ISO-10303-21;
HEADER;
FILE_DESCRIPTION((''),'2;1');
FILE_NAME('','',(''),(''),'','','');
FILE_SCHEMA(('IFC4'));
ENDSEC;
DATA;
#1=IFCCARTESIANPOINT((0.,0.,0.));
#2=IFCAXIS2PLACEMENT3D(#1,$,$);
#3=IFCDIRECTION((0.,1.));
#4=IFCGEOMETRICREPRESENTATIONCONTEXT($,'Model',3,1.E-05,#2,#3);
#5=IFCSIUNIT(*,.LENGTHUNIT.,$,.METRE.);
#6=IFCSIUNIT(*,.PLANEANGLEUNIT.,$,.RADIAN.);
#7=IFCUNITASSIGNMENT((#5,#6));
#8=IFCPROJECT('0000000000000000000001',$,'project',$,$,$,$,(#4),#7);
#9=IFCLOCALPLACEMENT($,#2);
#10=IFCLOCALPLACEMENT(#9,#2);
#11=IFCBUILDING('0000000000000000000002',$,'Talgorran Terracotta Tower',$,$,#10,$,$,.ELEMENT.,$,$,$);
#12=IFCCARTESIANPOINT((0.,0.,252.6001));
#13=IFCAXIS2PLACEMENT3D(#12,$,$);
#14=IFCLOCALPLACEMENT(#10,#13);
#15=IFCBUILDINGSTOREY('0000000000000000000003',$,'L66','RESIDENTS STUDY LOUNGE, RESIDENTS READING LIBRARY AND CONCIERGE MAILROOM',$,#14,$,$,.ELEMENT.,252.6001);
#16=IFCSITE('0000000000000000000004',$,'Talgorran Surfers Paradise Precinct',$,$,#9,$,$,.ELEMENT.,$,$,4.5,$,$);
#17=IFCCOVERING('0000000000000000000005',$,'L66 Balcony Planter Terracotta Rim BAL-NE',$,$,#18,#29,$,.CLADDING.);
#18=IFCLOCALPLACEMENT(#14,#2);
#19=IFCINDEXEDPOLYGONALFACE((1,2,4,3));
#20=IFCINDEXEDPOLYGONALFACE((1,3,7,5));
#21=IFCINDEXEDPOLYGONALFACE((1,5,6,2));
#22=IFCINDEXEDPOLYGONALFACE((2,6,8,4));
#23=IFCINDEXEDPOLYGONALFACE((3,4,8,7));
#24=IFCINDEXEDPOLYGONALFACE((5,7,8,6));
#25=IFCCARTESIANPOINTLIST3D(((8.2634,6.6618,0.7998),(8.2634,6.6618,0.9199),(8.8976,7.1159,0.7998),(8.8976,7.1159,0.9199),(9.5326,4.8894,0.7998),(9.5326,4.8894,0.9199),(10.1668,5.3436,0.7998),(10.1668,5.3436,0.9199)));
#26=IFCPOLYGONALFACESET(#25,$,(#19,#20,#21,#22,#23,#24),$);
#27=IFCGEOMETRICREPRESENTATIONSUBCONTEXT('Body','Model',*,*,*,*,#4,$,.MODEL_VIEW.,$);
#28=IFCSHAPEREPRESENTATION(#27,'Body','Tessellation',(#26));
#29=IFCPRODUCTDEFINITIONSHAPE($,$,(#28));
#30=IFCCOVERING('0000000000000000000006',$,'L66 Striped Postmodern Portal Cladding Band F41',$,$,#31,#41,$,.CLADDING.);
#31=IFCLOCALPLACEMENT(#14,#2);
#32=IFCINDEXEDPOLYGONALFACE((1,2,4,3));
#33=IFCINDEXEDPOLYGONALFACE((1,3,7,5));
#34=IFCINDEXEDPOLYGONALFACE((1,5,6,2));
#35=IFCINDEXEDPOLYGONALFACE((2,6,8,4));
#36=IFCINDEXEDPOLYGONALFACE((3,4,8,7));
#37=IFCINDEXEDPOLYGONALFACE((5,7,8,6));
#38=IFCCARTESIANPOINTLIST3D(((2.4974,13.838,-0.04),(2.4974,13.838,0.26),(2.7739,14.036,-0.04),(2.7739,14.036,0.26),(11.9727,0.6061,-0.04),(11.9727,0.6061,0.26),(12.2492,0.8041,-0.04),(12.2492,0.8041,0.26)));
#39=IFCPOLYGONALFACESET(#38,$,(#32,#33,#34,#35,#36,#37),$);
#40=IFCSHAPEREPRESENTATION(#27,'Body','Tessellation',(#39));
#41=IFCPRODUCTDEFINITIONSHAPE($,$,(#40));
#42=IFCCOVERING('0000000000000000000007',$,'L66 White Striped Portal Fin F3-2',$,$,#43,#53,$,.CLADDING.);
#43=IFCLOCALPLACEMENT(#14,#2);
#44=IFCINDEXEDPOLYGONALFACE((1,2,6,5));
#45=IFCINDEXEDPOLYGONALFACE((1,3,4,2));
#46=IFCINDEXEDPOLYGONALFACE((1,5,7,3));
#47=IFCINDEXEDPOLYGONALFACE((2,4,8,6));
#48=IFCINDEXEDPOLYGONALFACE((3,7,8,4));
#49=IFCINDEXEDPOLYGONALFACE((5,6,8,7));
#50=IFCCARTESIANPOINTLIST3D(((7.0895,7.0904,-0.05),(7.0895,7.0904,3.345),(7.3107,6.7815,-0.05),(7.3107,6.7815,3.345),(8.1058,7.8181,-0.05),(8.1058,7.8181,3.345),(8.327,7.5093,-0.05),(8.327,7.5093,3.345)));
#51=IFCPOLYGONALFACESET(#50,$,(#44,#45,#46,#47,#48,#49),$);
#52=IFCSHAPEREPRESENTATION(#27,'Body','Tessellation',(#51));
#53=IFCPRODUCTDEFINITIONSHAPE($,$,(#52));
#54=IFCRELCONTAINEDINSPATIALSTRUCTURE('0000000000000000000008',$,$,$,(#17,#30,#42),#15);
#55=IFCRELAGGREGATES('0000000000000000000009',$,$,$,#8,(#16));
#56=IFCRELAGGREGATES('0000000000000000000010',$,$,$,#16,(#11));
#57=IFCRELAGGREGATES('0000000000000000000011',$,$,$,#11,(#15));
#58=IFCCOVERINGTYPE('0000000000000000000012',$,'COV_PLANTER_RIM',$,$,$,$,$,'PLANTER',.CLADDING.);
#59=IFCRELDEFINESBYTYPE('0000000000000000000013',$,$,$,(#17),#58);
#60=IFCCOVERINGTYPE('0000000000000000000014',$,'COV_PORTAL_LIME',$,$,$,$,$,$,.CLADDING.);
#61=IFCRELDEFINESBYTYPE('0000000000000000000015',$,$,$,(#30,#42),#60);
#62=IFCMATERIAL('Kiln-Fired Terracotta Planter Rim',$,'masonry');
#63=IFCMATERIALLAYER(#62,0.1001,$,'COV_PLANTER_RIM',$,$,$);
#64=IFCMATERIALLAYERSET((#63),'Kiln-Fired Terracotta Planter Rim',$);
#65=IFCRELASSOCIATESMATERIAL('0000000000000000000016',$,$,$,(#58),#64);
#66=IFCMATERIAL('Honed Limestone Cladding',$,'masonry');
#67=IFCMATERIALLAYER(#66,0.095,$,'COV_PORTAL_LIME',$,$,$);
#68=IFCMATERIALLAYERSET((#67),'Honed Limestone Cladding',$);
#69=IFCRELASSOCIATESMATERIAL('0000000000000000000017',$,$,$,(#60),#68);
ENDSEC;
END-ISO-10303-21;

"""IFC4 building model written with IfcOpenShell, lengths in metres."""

from ifc_helpers import new_model, si_unit, direction, frame, origin, origin_2d, place, context, subcontext, project, spatial, rectangle, extrude, material, layer, layer_set, type_object, element, save


model = new_model("IFC4")

# Units and contexts
model_context = context("Model", 3, precision=1e-05, world=origin(), true_north=direction((0.0, 1.0)))
body_context = subcontext(model_context, "Body", "Model", "MODEL_VIEW")
ifc_project = project(units=[si_unit("LENGTHUNIT", "METRE"), si_unit("PLANEANGLEUNIT", "RADIAN")], contexts=[model_context])

# Site, building, storey
site_placement = place(None, origin())
site = spatial("IfcSite", under=ifc_project, at=site_placement, Name="Talgorran Surfers Paradise Precinct", CompositionType="ELEMENT", RefElevation=4.5)
building_placement = place(site_placement, origin())
building = spatial("IfcBuilding", under=site, at=building_placement, Name="Talgorran Terracotta Tower", CompositionType="ELEMENT")
storey_placement = place(building_placement, frame((0.0, 0.0, 252.6001)))
storey = spatial("IfcBuildingStorey", under=building, at=storey_placement, Name="L66", Description="RESIDENTS STUDY LOUNGE, RESIDENTS READING LIBRARY AND CONCIERGE MAILROOM", CompositionType="ELEMENT", Elevation=252.6001)

# Coverings
ifc_material_1 = material(Name="Kiln-Fired Terracotta Planter Rim", Category="masonry")
ifc_layer_1 = layer(ifc_material_1, 0.1001, Name="COV_PLANTER_RIM")
ifc_layer_set_1 = layer_set([ifc_layer_1], Name="Kiln-Fired Terracotta Planter Rim")
covering_type_1 = type_object("IfcCoveringType", Name="COV_PLANTER_RIM", ElementType="PLANTER", PredefinedType="CLADDING", material=ifc_layer_set_1)
covering_1_placement = place(storey_placement, frame((9.2151, 6.0027, 0.7998), z_axis=(0.0, 0.0, 1.0), x_axis=(-0.582208, 0.81304, 0.0)))
element("IfcCovering", 1, at=covering_1_placement, inside=storey, type_object=covering_type_1, Name="L66 Balcony Planter Terracotta Rim BAL-NE", PredefinedType="CLADDING", context=body_context, shape_type="SweptSolid", body=[
    extrude(rectangle(XDim=2.1799, YDim=0.78, at=origin_2d()), origin(), (0.0, 0.0, 1.0), 0.1201),
])
ifc_material_2 = material(Name="Honed Limestone Cladding", Category="masonry")
ifc_layer_2 = layer(ifc_material_2, 0.095, Name="COV_PORTAL_LIME")
ifc_layer_set_2 = layer_set([ifc_layer_2], Name="Honed Limestone Cladding")
covering_type_2 = type_object("IfcCoveringType", Name="COV_PORTAL_LIME", PredefinedType="CLADDING", material=ifc_layer_set_2)
covering_2_placement = place(storey_placement, frame((7.3733, 7.321, -0.04), z_axis=(0.0, 0.0, 1.0), x_axis=(-0.582208, 0.81304, 0.0)))
element("IfcCovering", 2, at=covering_2_placement, inside=storey, type_object=covering_type_2, Name="L66 Striped Postmodern Portal Cladding Band F41", PredefinedType="CLADDING", context=body_context, shape_type="SweptSolid", body=[
    extrude(rectangle(XDim=16.2747, YDim=0.3401, at=origin_2d()), origin(), (0.0, 0.0, 1.0), 0.3),
])
covering_3_placement = place(storey_placement, frame((7.7083, 7.2998, -0.05), z_axis=(0.0, 0.0, 1.0), x_axis=(-0.582208, 0.81304, 0.0)))
element("IfcCovering", 3, at=covering_3_placement, inside=storey, type_object=covering_type_2, Name="L66 White Striped Portal Fin F3-2", PredefinedType="CLADDING", context=body_context, shape_type="SweptSolid", body=[
    extrude(rectangle(XDim=0.3799, YDim=1.25, at=origin_2d()), origin(), (0.0, 0.0, 1.0), 3.395),
])

save(model, "model.ifc")
